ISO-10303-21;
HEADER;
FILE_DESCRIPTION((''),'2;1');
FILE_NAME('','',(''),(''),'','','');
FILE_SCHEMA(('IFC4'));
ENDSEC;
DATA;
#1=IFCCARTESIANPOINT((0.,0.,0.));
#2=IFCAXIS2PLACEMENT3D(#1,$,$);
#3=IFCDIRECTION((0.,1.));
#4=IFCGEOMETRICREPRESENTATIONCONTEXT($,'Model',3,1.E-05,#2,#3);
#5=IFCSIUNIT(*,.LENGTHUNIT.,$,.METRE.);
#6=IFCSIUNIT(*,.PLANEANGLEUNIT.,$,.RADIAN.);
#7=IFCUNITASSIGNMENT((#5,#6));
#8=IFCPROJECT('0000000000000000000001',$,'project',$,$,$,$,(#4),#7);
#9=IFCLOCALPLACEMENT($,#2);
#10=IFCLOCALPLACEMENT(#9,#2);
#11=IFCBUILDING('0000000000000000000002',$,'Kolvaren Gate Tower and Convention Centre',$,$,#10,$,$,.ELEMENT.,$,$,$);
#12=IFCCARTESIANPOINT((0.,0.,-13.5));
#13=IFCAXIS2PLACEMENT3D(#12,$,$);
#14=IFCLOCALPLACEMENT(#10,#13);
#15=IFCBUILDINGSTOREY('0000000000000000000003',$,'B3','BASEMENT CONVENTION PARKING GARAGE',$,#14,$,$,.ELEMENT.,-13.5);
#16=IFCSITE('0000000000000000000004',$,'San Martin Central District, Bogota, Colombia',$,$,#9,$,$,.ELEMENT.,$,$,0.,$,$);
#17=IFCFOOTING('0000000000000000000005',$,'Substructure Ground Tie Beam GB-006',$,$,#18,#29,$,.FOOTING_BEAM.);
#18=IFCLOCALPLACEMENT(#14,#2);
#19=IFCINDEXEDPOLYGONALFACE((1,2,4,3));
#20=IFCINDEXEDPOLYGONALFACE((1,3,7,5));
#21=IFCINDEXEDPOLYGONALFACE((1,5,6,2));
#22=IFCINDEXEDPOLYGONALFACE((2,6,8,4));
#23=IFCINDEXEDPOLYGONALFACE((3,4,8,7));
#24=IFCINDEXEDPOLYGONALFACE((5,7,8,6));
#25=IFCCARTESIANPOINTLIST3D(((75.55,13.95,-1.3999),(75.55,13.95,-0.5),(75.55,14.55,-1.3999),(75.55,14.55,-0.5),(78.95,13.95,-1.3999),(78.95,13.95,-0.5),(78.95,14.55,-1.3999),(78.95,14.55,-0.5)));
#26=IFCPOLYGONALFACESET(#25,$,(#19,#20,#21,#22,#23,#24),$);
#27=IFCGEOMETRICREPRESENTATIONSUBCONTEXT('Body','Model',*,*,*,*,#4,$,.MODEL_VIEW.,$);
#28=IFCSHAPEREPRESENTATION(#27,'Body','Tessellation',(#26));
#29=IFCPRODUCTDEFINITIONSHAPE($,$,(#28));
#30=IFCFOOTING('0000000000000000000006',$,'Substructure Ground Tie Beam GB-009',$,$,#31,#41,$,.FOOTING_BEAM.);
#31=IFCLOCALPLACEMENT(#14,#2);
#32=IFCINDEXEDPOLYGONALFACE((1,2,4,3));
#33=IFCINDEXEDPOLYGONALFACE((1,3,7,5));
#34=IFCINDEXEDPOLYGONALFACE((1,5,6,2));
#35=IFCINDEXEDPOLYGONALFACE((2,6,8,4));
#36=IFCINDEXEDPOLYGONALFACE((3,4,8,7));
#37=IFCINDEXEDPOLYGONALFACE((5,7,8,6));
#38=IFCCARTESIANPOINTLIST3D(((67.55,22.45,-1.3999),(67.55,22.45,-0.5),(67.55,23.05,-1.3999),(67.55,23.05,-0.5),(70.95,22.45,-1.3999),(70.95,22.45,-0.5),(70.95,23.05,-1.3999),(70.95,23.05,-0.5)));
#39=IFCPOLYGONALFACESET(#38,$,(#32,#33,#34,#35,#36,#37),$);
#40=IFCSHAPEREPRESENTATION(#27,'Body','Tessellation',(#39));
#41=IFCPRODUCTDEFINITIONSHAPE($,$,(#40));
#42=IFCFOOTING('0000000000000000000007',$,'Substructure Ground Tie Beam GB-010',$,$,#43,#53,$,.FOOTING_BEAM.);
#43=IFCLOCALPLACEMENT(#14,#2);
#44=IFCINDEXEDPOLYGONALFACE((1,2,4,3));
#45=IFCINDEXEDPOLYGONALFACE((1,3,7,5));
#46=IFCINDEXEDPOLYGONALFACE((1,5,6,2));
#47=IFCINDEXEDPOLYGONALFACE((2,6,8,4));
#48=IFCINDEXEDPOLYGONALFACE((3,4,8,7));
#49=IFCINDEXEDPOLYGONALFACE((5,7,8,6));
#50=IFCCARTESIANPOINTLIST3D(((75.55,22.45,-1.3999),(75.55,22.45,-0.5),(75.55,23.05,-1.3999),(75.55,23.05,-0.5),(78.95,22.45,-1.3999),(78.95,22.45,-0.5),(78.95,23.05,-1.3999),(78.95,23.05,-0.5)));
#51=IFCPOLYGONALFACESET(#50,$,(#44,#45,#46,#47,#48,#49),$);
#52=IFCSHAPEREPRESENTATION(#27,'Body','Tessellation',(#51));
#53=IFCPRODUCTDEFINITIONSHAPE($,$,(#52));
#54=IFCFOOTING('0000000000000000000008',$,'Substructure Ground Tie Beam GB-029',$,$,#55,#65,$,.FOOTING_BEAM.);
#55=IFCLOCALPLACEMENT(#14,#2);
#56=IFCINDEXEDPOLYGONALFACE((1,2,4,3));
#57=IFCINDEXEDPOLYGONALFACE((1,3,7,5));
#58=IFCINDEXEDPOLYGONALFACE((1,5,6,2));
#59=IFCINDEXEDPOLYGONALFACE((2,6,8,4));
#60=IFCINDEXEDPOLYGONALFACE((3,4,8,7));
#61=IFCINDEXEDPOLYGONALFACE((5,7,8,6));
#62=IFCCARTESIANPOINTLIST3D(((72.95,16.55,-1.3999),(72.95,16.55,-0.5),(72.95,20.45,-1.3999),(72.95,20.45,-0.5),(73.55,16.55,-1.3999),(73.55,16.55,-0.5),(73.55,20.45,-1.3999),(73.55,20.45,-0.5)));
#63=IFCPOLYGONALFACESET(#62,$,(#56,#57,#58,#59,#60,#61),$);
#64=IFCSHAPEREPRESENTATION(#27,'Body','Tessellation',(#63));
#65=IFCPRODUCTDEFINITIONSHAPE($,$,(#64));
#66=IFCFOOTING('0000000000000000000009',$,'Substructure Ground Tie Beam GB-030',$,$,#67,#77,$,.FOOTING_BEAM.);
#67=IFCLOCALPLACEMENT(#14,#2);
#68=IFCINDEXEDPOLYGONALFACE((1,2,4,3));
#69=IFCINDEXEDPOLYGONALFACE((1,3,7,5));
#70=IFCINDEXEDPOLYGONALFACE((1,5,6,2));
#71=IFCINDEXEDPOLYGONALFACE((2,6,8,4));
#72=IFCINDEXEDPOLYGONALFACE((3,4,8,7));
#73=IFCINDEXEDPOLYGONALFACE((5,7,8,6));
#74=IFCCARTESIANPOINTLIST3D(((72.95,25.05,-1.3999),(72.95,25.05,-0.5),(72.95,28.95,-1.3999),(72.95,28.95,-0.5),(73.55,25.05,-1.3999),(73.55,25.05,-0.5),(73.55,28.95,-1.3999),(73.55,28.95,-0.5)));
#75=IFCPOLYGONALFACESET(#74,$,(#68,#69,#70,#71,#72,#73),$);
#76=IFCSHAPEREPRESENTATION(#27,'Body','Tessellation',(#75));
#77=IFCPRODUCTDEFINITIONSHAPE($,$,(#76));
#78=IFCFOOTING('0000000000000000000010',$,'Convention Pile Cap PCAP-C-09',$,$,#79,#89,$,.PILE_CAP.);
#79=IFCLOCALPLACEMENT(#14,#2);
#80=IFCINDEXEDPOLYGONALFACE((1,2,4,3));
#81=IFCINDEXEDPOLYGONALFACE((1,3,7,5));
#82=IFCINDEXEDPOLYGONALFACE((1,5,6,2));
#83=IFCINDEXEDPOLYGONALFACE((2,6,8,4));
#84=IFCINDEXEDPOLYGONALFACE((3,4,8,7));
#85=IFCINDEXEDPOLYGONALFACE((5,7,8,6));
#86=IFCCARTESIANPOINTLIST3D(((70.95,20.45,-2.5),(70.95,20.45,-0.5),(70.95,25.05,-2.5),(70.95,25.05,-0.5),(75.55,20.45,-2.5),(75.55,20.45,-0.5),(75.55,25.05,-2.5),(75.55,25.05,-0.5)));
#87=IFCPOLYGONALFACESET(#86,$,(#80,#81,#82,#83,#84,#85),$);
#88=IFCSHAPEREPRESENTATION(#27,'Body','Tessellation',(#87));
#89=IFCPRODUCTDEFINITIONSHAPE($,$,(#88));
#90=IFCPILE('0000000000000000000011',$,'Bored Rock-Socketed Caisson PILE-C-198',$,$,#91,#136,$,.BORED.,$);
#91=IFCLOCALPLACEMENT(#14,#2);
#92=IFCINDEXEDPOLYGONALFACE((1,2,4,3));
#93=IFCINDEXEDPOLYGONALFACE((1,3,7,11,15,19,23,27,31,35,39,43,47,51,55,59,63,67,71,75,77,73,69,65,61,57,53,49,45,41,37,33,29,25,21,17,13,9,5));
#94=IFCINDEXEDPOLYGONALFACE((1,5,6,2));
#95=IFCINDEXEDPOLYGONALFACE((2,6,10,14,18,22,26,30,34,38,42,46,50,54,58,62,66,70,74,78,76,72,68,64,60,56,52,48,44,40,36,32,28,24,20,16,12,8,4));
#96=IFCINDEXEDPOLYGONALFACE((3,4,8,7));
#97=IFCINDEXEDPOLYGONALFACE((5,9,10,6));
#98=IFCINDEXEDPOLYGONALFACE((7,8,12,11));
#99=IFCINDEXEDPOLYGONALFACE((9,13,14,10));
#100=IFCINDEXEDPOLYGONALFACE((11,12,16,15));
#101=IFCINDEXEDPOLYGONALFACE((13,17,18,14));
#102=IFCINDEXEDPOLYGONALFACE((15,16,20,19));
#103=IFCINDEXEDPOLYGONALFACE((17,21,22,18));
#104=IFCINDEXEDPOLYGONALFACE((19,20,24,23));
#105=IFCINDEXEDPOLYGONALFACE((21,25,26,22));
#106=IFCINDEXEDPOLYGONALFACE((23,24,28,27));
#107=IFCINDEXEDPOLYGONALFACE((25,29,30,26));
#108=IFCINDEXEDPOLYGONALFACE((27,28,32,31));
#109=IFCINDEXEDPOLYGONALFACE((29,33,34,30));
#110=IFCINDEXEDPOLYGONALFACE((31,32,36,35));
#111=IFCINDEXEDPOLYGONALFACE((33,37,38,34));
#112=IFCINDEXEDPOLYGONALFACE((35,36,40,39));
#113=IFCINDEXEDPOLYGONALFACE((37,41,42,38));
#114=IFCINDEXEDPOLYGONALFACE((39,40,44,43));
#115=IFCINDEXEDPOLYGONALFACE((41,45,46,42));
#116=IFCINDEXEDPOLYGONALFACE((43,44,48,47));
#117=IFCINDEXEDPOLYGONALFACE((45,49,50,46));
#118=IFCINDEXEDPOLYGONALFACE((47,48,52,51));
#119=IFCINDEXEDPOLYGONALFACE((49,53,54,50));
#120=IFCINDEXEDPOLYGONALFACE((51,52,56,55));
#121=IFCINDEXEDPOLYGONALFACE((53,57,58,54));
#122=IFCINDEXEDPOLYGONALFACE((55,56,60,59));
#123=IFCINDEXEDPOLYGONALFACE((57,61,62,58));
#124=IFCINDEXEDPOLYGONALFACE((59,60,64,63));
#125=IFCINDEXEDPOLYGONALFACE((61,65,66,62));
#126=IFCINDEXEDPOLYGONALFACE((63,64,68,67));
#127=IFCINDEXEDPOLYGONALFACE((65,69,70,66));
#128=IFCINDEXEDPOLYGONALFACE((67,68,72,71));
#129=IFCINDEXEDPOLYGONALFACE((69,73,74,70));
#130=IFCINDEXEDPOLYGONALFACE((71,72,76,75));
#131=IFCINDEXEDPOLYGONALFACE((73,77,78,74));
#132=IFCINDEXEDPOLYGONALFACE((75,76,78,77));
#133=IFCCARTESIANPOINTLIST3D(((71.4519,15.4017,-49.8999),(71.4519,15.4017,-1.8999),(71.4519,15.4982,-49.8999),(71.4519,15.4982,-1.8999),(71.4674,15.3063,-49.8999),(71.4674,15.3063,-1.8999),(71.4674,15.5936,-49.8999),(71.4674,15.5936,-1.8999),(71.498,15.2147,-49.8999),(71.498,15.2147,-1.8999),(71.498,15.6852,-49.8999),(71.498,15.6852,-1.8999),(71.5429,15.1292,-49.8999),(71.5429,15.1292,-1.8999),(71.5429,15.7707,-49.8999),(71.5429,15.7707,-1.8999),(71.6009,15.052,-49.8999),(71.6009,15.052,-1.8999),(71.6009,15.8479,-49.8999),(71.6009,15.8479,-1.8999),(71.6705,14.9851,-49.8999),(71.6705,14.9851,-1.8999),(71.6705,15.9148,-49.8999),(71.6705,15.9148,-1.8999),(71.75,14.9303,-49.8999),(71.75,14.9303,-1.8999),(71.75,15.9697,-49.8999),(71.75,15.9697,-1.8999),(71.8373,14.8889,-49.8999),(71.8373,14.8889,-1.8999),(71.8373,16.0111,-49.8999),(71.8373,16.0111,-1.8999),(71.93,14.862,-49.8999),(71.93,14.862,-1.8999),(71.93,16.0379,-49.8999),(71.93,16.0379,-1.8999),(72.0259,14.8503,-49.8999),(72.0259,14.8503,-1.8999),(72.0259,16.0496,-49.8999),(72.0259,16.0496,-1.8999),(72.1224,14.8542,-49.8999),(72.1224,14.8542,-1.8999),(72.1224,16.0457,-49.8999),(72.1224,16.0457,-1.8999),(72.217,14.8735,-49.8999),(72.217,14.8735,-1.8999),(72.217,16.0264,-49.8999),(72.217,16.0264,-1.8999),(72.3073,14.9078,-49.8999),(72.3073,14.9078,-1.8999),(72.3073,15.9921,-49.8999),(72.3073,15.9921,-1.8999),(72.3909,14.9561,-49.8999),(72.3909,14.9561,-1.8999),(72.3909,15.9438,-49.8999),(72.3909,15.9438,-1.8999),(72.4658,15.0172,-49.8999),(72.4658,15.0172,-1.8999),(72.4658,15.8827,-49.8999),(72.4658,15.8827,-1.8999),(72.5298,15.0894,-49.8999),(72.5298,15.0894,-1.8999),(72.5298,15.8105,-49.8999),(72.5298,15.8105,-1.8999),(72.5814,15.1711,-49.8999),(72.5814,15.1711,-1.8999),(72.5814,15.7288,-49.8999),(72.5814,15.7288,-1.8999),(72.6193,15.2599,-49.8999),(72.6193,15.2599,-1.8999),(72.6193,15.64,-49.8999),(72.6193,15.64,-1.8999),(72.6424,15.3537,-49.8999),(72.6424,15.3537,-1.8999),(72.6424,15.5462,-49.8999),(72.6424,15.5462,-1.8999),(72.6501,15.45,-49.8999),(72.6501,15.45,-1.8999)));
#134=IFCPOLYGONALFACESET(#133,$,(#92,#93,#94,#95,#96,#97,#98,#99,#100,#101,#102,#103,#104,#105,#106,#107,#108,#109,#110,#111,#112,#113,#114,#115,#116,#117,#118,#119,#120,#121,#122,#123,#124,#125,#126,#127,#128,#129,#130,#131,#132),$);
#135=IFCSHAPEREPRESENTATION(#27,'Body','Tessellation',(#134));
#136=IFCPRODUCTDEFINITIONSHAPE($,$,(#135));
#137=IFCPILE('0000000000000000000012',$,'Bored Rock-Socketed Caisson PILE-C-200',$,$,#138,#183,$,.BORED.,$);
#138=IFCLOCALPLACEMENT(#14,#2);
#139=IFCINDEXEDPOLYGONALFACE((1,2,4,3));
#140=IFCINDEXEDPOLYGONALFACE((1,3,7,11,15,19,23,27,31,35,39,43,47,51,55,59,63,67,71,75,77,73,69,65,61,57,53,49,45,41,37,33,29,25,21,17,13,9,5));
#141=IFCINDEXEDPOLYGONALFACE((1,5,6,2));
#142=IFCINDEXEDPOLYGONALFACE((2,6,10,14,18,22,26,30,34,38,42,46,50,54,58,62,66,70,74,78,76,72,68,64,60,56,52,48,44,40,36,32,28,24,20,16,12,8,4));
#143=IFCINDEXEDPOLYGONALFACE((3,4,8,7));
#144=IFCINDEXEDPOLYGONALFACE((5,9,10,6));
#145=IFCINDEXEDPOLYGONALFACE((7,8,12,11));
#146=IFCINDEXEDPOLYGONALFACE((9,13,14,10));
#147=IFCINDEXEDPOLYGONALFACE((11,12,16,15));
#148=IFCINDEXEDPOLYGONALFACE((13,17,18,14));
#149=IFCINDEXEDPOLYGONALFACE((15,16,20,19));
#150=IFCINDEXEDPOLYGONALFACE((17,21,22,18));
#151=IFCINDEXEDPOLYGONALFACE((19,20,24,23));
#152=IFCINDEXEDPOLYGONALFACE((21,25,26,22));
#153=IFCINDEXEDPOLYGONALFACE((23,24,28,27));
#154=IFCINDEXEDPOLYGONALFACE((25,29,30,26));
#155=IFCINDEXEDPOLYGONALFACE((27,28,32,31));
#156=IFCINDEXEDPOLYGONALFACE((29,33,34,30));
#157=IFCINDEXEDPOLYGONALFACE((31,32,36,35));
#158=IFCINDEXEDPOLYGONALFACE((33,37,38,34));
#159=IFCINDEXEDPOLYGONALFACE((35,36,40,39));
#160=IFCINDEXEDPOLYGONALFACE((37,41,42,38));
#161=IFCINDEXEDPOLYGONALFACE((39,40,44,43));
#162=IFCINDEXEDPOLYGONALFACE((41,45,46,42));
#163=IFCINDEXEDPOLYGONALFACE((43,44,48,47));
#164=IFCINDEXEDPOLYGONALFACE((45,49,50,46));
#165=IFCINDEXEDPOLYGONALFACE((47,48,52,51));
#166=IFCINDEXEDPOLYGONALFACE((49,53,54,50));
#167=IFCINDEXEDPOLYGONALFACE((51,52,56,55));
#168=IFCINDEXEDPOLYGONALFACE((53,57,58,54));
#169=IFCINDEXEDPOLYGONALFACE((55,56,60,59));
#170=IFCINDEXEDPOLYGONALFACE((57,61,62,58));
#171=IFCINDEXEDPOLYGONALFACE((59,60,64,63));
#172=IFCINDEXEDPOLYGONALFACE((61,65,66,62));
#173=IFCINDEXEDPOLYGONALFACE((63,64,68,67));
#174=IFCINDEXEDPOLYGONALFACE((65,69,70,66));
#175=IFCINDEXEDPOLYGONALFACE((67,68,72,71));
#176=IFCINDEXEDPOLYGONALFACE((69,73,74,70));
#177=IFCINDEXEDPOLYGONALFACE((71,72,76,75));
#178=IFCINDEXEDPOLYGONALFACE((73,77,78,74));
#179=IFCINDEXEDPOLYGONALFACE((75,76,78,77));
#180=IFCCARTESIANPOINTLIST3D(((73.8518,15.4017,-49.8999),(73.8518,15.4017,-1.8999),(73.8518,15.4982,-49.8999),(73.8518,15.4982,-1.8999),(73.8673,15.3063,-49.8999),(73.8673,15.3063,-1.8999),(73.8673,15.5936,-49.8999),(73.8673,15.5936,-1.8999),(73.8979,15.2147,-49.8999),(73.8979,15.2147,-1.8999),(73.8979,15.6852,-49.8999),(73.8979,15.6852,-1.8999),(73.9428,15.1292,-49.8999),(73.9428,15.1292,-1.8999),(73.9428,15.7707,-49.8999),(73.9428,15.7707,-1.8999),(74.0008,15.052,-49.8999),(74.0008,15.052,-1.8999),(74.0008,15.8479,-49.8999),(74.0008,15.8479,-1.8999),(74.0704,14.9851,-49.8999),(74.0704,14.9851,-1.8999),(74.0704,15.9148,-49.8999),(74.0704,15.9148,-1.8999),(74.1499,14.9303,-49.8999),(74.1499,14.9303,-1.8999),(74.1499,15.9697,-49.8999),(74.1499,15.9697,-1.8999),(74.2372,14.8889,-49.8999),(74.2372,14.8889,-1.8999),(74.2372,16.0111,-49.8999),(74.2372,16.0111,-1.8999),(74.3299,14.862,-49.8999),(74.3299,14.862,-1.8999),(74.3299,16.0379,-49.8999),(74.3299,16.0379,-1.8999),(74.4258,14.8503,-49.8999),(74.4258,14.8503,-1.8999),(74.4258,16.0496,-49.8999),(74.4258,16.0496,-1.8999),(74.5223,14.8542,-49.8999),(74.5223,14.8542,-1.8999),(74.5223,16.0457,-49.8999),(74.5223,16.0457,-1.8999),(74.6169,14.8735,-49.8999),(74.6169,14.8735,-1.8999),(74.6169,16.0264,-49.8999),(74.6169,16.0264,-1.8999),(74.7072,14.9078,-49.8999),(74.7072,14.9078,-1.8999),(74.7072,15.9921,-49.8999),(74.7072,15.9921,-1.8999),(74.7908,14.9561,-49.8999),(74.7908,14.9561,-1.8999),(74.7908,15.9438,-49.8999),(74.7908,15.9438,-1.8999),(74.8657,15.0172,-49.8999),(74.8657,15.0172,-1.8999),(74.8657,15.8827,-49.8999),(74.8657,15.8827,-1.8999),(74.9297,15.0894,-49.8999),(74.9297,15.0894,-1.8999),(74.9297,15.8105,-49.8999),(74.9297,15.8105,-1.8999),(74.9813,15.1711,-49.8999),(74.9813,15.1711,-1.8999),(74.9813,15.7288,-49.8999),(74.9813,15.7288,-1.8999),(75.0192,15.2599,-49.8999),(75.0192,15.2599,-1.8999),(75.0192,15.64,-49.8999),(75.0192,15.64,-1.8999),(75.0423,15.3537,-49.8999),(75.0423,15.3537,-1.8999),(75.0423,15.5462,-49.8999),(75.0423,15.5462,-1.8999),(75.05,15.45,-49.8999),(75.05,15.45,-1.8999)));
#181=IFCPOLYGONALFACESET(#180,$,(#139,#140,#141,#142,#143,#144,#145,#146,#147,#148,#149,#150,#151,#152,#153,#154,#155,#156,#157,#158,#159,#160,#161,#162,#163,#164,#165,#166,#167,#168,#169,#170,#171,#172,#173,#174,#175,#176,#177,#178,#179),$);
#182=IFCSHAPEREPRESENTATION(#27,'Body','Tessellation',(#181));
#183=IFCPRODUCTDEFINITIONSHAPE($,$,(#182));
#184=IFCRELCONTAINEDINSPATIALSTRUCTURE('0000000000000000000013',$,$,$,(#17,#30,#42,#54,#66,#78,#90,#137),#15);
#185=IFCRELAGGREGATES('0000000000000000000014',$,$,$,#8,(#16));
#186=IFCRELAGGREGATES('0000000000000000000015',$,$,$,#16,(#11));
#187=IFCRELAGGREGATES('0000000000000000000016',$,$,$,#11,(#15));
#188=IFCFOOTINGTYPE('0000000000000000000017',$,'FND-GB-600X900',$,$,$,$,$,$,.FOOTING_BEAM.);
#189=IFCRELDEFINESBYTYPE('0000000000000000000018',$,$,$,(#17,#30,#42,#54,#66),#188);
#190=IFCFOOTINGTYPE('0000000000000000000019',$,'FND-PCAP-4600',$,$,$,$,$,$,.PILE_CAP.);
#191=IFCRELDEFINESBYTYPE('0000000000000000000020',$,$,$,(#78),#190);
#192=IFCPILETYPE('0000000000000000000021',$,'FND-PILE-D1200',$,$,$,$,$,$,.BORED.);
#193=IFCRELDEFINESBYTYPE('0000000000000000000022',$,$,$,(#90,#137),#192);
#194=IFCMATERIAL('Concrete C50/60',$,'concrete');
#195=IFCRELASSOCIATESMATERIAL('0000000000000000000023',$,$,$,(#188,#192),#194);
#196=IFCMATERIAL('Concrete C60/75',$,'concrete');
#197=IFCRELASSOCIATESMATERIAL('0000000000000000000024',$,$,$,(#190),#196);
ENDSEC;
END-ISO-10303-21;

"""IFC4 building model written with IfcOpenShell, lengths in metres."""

from ifc_helpers import new_model, si_unit, direction, frame, origin, origin_2d, place, context, subcontext, project, spatial, rectangle, circle, extrude, material, material_profile, profile_set, type_object, element, save


model = new_model("IFC4")

# Units and contexts
model_context = context("Model", 3, precision=1e-05, world=origin(), true_north=direction((0.0, 1.0)))
body_context = subcontext(model_context, "Body", "Model", "MODEL_VIEW")
ifc_project = project(units=[si_unit("LENGTHUNIT", "METRE"), si_unit("PLANEANGLEUNIT", "RADIAN")], contexts=[model_context])

# Site, building, storey
site_placement = place(None, origin())
site = spatial("IfcSite", under=ifc_project, at=site_placement, Name="San Martin Central District, Bogota, Colombia", CompositionType="ELEMENT", RefElevation=0.0)
building_placement = place(site_placement, origin())
building = spatial("IfcBuilding", under=site, at=building_placement, Name="Kolvaren Gate Tower and Convention Centre", CompositionType="ELEMENT")
storey_placement = place(building_placement, frame((0.0, 0.0, -13.5)))
storey = spatial("IfcBuildingStorey", under=building, at=storey_placement, Name="B3", Description="BASEMENT CONVENTION PARKING GARAGE", CompositionType="ELEMENT", Elevation=-13.5)

# Footings
ifc_material_1 = material(Name="Concrete C50/60", Category="concrete")
ifc_material_profile_1 = material_profile(ifc_material_1, rectangle(XDim=0.6001, YDim=0.8999, at=origin_2d()), Name="RC-BM-600X900")
ifc_profile_set_1 = profile_set([ifc_material_profile_1], Name="Concrete C50/60")
footing_type_1 = type_object("IfcFootingType", Name="FND-GB-600X900", PredefinedType="FOOTING_BEAM", material=ifc_profile_set_1)
for number, where, z_axis, x_axis, name in (
    (1, (75.55, 14.25, -0.95), (1.0, 0.0, 0.0), (0.0, 1.0, 0.0), "Substructure Ground Tie Beam GB-006"),
    (2, (67.55, 22.75, -0.95), (1.0, 0.0, 0.0), (0.0, 1.0, 0.0), "Substructure Ground Tie Beam GB-009"),
    (3, (75.55, 22.75, -0.95), (1.0, 0.0, 0.0), (0.0, 1.0, 0.0), "Substructure Ground Tie Beam GB-010"),
):
    element("IfcFooting", number, at=place(storey_placement, frame(where, z_axis=z_axis, x_axis=x_axis)), inside=storey, type_object=footing_type_1, Name=name, PredefinedType="FOOTING_BEAM", context=body_context, shape_type="SweptSolid", body=[
        extrude(rectangle(XDim=0.6001, YDim=0.8999, at=origin_2d()), origin(), (0.0, 0.0, 1.0), 3.3999),
    ])
for number, where, z_axis, x_axis, name in (
    (4, (73.25, 16.55, -0.95), (0.0, 1.0, 0.0), (-1.0, 0.0, 0.0), "Substructure Ground Tie Beam GB-029"),
    (5, (73.25, 25.05, -0.95), (0.0, 1.0, 0.0), (-1.0, 0.0, 0.0), "Substructure Ground Tie Beam GB-030"),
):
    element("IfcFooting", number, at=place(storey_placement, frame(where, z_axis=z_axis, x_axis=x_axis)), inside=storey, type_object=footing_type_1, Name=name, PredefinedType="FOOTING_BEAM", context=body_context, shape_type="SweptSolid", body=[
        extrude(rectangle(XDim=0.6001, YDim=0.8999, at=origin_2d()), origin(), (0.0, 0.0, 1.0), 3.8999),
    ])
ifc_material_2 = material(Name="Concrete C60/75", Category="concrete")
footing_type_2 = type_object("IfcFootingType", Name="FND-PCAP-4600", PredefinedType="PILE_CAP", material=ifc_material_2)
footing_placement = place(storey_placement, frame((73.25, 22.75, -2.5), z_axis=(0.0, 0.0, 1.0), x_axis=(1.0, 0.0, 0.0)))
element("IfcFooting", 6, at=footing_placement, inside=storey, type_object=footing_type_2, Name="Convention Pile Cap PCAP-C-09", PredefinedType="PILE_CAP", context=body_context, shape_type="SweptSolid", body=[
    extrude(rectangle(XDim=4.6001, YDim=4.6001, at=origin_2d()), origin(), (0.0, 0.0, 1.0), 2.0),
])

# Piles
ifc_material_profile_2 = material_profile(ifc_material_1, circle(Radius=0.6001, at=origin_2d()), Name="CAISSON-D1200")
ifc_profile_set_2 = profile_set([ifc_material_profile_2], Name="Concrete C50/60")
pile_type = type_object("IfcPileType", Name="FND-PILE-D1200", PredefinedType="BORED", material=ifc_profile_set_2)
for number, where, z_axis, x_axis, name in (
    (7, (72.05, 15.45, -1.8999), (0.0, 0.0, -1.0), (1.0, 0.0, 0.0), "Bored Rock-Socketed Caisson PILE-C-198"),
    (8, (74.45, 15.45, -1.8999), (0.0, 0.0, -1.0), (1.0, 0.0, 0.0), "Bored Rock-Socketed Caisson PILE-C-200"),
):
    element("IfcPile", number, at=place(storey_placement, frame(where, z_axis=z_axis, x_axis=x_axis)), inside=storey, type_object=pile_type, Name=name, PredefinedType="BORED", context=body_context, shape_type="SweptSolid", body=[
        extrude(circle(Radius=0.6001, at=origin_2d()), origin(), (0.0, 0.0, 1.0), 48.0),
    ])

save(model, "model.ifc")
